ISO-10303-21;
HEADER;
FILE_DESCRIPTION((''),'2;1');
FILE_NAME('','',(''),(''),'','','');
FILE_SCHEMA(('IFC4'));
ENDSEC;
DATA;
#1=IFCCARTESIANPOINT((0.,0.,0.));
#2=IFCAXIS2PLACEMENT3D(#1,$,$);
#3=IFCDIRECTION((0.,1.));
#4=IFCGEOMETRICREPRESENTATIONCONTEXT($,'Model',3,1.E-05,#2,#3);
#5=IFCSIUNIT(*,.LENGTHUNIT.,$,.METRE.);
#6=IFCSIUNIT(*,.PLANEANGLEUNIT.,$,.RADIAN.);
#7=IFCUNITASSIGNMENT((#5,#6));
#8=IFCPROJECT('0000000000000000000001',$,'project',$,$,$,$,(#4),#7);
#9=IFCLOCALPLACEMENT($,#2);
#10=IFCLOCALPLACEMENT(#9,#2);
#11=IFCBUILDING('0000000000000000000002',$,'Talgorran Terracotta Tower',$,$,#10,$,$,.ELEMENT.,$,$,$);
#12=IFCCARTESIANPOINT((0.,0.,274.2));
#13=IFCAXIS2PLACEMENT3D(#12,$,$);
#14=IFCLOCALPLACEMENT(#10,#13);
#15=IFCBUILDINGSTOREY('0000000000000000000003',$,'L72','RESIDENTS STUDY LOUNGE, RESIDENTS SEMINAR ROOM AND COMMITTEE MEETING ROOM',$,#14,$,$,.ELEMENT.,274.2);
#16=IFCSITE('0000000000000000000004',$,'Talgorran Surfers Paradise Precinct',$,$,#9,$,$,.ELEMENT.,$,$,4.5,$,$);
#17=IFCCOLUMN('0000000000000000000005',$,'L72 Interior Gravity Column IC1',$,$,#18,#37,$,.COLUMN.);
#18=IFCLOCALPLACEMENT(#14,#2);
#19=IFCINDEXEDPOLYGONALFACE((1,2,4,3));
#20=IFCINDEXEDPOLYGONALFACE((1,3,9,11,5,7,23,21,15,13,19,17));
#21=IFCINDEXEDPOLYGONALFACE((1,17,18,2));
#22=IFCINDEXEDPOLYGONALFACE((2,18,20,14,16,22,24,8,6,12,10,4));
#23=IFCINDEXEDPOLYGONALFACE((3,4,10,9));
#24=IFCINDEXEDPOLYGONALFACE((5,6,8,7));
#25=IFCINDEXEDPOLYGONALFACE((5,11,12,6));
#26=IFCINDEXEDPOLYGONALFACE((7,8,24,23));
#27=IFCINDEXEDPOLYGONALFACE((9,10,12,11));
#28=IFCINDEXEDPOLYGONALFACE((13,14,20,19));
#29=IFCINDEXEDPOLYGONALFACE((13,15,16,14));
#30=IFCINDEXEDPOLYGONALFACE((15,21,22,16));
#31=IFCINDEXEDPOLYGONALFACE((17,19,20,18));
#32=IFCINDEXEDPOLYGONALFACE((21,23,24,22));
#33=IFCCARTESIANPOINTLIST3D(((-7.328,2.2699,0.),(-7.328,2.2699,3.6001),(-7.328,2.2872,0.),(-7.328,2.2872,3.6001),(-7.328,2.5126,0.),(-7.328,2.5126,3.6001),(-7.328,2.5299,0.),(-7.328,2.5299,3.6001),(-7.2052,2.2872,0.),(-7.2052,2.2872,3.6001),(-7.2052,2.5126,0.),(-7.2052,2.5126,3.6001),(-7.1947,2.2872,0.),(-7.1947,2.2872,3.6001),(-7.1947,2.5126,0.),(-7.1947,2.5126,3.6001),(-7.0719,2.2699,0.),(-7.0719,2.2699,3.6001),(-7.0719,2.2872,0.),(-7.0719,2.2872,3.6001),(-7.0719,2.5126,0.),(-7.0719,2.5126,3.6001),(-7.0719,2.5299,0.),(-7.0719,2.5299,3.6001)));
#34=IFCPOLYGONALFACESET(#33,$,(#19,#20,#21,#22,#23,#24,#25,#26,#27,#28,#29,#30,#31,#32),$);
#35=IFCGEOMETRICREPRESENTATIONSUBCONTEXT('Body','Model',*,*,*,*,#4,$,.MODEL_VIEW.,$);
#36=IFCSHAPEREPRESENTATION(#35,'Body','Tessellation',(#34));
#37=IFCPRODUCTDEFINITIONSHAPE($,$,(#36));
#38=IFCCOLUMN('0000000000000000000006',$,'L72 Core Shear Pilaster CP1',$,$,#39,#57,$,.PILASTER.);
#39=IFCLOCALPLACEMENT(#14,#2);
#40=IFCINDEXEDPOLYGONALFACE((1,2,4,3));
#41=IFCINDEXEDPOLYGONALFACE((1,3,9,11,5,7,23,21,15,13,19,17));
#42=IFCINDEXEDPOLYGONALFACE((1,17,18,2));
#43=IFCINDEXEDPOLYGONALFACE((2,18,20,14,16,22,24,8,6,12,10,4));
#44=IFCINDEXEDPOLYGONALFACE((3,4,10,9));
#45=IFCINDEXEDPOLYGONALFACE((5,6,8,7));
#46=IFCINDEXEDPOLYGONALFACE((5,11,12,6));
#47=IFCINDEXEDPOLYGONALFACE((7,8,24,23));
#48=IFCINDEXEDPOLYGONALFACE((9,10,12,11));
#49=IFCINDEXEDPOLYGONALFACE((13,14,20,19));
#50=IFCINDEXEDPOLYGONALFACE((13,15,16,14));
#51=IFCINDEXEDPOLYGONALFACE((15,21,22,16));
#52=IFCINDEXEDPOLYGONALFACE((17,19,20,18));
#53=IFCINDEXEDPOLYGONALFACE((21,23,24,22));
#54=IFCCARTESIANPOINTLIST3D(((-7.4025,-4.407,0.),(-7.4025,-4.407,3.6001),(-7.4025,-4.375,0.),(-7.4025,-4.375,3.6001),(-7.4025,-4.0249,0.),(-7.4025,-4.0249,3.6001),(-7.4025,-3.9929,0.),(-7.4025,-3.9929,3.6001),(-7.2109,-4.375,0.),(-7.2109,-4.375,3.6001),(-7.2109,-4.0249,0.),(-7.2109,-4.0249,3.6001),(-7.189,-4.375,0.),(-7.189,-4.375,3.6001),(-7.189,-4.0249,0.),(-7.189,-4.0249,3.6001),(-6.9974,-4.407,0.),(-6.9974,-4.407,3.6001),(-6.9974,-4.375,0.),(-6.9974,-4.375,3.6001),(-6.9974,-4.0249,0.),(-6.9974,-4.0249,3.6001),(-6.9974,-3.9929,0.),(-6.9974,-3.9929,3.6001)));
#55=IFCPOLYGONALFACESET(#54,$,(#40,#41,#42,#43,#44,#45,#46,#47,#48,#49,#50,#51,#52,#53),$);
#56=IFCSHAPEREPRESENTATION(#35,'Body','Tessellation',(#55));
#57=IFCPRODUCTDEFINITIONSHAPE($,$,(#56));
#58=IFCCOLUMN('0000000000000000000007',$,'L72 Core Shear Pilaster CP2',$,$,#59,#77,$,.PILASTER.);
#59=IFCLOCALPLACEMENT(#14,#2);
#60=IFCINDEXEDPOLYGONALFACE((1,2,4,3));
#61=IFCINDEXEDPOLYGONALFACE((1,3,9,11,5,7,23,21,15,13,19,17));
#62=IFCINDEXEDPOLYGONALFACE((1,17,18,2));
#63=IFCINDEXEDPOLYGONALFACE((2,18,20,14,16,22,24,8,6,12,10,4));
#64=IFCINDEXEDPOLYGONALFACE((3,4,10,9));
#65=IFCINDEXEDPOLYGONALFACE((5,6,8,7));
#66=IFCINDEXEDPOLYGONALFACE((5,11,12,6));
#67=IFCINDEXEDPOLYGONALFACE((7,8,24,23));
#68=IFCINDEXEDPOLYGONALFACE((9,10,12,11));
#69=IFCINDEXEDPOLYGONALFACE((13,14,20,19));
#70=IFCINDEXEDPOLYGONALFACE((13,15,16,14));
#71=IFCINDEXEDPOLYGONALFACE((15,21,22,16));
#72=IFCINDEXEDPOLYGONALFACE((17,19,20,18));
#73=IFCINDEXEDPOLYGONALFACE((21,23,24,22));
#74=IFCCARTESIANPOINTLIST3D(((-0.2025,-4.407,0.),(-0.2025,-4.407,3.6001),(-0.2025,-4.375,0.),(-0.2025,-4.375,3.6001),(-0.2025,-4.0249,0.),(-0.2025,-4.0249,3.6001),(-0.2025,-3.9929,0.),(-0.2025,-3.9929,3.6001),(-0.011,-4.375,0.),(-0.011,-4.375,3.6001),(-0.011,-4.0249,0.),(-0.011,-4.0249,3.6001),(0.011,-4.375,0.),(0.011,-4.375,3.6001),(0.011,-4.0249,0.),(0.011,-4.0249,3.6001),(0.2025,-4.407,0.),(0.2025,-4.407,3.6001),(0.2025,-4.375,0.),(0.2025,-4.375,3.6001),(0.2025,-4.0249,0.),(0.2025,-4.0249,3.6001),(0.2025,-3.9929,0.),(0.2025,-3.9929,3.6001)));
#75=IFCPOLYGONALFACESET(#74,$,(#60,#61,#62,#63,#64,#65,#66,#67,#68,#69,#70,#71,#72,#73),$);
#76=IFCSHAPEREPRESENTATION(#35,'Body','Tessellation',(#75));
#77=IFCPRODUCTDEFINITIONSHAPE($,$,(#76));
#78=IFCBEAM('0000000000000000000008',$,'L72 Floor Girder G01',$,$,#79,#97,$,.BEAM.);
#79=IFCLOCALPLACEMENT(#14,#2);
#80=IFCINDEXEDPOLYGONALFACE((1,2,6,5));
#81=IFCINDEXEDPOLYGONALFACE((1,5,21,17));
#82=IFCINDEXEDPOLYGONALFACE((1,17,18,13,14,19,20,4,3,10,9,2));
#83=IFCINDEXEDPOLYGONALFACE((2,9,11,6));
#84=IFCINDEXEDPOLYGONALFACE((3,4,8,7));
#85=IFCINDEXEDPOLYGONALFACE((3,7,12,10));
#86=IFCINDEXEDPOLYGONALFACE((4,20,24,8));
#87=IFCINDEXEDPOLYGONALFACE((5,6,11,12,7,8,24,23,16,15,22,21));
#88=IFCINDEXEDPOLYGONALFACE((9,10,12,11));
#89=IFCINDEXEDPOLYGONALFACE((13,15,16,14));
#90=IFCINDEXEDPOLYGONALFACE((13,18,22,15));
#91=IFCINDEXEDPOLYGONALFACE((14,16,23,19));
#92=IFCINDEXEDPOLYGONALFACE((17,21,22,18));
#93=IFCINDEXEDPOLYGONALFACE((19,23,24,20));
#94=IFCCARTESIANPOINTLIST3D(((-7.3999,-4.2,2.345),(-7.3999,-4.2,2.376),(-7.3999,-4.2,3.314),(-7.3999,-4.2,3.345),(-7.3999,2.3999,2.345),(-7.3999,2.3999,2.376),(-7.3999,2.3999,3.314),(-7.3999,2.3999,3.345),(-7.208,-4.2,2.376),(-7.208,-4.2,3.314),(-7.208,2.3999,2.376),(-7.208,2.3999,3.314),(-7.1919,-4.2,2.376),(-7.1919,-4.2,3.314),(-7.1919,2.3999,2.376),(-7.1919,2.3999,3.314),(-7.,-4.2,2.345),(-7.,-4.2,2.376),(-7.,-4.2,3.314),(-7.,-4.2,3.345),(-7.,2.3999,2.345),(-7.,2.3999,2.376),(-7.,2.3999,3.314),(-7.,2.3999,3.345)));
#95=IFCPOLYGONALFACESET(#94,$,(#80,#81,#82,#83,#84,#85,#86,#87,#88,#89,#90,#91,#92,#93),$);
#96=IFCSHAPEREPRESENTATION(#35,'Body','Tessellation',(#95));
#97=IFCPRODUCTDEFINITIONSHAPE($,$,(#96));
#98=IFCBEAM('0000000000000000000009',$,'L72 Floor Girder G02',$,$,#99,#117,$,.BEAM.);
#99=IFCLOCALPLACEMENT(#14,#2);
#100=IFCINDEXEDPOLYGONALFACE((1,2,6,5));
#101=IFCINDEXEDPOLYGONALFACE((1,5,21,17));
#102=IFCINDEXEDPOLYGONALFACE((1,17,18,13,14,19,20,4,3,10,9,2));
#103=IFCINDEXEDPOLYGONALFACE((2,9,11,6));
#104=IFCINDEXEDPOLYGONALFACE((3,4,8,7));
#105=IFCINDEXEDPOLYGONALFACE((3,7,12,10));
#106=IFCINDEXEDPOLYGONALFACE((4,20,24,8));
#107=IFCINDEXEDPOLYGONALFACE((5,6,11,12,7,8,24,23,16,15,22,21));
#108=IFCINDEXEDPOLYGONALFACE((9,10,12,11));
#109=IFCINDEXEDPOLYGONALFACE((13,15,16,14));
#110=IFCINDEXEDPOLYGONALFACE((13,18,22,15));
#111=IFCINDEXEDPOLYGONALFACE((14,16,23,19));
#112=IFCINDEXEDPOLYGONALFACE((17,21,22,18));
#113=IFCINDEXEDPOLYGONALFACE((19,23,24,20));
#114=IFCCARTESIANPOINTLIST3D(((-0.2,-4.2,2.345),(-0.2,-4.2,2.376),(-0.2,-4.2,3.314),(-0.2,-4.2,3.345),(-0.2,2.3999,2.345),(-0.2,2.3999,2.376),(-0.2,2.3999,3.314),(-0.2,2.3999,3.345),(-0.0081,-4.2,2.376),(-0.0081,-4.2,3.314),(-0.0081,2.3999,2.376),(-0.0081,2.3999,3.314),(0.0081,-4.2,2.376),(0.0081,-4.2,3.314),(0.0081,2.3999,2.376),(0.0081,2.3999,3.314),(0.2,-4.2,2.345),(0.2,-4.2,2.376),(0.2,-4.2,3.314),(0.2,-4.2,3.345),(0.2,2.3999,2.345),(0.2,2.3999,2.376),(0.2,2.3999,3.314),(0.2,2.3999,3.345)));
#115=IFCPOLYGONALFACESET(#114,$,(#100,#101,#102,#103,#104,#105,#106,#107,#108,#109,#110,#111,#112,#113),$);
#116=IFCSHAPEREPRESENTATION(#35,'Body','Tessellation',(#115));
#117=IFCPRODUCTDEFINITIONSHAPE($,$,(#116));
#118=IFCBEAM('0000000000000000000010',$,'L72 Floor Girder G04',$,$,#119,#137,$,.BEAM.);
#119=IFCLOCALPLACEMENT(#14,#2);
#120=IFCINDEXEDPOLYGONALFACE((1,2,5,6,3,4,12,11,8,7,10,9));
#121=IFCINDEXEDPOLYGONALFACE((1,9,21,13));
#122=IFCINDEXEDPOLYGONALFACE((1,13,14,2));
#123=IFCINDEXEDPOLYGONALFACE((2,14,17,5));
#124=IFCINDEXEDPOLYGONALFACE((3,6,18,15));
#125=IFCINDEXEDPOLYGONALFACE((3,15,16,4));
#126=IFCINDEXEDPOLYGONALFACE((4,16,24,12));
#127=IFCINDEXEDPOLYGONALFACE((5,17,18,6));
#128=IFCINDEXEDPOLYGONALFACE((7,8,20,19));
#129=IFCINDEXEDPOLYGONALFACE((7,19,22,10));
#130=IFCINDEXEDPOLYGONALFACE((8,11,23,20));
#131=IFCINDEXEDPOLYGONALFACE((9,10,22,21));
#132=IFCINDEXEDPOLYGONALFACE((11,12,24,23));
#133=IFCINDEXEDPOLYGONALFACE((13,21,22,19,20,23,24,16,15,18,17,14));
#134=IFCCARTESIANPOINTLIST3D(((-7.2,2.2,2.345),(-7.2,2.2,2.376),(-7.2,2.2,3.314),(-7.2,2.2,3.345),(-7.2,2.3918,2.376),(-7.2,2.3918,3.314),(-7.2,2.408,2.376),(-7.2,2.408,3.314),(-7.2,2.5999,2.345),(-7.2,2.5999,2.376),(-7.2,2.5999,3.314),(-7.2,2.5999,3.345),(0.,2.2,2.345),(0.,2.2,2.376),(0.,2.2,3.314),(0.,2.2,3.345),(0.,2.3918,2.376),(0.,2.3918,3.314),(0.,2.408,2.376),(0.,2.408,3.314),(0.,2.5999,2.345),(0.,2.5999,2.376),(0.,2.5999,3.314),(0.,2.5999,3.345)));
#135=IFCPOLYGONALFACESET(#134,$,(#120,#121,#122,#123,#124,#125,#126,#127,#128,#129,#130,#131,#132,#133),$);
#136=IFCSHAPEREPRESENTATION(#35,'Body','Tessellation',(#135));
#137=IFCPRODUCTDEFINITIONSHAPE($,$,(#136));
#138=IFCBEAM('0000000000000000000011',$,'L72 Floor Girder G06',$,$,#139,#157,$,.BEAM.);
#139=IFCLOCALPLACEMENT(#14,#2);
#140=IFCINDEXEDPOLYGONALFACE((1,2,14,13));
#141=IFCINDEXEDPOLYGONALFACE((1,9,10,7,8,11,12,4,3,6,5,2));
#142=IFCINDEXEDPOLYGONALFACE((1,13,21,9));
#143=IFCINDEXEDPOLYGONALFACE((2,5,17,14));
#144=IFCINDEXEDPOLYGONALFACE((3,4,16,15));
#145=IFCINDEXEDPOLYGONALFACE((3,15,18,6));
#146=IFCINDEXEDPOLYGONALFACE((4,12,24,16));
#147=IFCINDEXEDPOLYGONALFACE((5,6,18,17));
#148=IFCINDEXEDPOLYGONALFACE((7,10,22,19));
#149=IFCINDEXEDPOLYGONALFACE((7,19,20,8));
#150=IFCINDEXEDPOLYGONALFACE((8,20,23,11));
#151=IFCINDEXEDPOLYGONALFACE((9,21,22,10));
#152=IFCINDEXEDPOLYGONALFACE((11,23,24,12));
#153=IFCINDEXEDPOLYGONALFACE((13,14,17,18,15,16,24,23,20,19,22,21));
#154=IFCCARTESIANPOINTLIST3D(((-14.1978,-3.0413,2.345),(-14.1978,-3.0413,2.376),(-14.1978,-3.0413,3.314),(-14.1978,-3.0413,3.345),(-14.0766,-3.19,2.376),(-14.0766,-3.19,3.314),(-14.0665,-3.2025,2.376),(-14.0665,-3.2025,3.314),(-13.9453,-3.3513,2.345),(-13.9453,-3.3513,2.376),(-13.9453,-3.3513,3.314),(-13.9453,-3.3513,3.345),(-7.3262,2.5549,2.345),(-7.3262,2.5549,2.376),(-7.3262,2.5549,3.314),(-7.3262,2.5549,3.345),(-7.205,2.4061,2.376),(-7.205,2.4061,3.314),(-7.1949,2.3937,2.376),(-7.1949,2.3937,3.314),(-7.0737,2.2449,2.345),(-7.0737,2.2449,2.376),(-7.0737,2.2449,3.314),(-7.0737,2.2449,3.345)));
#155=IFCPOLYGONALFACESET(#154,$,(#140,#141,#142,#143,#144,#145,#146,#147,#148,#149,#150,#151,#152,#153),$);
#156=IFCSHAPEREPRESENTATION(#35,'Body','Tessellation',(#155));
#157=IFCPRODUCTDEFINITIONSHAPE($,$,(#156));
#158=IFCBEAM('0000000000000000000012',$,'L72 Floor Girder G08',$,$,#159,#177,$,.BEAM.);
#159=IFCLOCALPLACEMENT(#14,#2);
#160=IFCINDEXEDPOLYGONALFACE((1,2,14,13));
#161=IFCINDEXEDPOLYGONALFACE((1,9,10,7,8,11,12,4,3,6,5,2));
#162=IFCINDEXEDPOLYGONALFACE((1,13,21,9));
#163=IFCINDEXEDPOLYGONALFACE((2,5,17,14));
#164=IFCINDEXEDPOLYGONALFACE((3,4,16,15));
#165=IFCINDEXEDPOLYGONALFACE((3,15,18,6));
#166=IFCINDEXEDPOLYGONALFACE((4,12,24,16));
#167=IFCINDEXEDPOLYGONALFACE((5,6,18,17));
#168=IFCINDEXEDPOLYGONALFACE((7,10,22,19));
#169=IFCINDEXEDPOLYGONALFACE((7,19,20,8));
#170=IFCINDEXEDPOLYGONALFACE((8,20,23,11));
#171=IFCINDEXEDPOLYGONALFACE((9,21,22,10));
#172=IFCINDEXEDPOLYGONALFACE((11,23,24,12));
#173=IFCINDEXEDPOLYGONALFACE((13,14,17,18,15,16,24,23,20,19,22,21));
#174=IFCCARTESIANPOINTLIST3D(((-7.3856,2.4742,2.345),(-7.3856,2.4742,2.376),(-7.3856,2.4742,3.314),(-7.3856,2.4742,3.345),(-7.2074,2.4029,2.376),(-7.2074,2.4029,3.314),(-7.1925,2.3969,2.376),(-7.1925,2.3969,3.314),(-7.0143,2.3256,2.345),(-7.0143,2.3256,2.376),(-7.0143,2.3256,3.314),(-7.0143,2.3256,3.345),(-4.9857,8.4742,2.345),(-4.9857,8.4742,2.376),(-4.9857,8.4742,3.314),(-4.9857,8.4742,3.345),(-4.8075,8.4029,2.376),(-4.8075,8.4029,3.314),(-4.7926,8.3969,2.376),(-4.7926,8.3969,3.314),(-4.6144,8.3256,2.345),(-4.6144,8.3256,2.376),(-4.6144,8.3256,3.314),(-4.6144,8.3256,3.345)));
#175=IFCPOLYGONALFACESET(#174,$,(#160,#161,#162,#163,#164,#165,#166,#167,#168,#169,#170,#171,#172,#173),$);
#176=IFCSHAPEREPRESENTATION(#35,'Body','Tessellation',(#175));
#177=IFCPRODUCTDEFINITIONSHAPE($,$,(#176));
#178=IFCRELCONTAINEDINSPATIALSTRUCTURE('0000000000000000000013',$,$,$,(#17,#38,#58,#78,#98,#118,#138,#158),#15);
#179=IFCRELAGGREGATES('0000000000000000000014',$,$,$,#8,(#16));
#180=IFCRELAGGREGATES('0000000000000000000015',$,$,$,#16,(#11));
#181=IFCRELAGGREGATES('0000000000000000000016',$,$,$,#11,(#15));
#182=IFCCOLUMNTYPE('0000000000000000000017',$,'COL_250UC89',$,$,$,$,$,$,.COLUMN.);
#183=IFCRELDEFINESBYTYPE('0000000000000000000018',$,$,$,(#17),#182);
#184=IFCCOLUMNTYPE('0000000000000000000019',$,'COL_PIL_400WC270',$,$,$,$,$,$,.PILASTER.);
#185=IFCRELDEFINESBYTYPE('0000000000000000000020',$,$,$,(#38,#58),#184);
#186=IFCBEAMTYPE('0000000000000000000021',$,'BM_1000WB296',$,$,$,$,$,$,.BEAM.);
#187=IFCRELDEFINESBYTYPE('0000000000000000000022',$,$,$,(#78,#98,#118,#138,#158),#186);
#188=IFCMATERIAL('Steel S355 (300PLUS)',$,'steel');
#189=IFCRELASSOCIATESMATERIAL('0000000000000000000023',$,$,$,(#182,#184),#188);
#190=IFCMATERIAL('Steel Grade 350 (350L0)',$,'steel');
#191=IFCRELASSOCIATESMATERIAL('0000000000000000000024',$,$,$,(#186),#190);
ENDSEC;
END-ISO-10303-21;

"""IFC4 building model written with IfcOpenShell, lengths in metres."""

from ifc_helpers import new_model, si_unit, direction, frame, origin, origin_2d, place, context, subcontext, project, spatial, i_section, extrude, material, material_profile, profile_set, type_object, element, save


model = new_model("IFC4")

# Units and contexts
model_context = context("Model", 3, precision=1e-05, world=origin(), true_north=direction((0.0, 1.0)))
body_context = subcontext(model_context, "Body", "Model", "MODEL_VIEW")
ifc_project = project(units=[si_unit("LENGTHUNIT", "METRE"), si_unit("PLANEANGLEUNIT", "RADIAN")], contexts=[model_context])

# Site, building, storey
site_placement = place(None, origin())
site = spatial("IfcSite", under=ifc_project, at=site_placement, Name="Talgorran Surfers Paradise Precinct", CompositionType="ELEMENT", RefElevation=4.5)
building_placement = place(site_placement, origin())
building = spatial("IfcBuilding", under=site, at=building_placement, Name="Talgorran Terracotta Tower", CompositionType="ELEMENT")
storey_placement = place(building_placement, frame((0.0, 0.0, 274.2)))
storey = spatial("IfcBuildingStorey", under=building, at=storey_placement, Name="L72", Description="RESIDENTS STUDY LOUNGE, RESIDENTS SEMINAR ROOM AND COMMITTEE MEETING ROOM", CompositionType="ELEMENT", Elevation=274.2)

# Columns
ifc_material_1 = material(Name="Steel S355 (300PLUS)", Category="steel")
ifc_material_profile_1 = material_profile(ifc_material_1, i_section(OverallWidth=0.2561, OverallDepth=0.26, WebThickness=0.0105, FlangeThickness=0.0173, at=origin_2d()), Name="250UC89.5")
ifc_profile_set_1 = profile_set([ifc_material_profile_1], Name="Steel S355 (300PLUS)")
column_type_1 = type_object("IfcColumnType", Name="COL_250UC89", PredefinedType="COLUMN", material=ifc_profile_set_1)
column_placement = place(storey_placement, frame((-7.2, 2.3999, 0.0), z_axis=(0.0, 0.0, 1.0), x_axis=(1.0, 0.0, 0.0)))
element("IfcColumn", 1, at=column_placement, inside=storey, type_object=column_type_1, Name="L72 Interior Gravity Column IC1", PredefinedType="COLUMN", context=body_context, shape_type="SweptSolid", body=[
    extrude(i_section(OverallWidth=0.2561, OverallDepth=0.26, WebThickness=0.0105, FlangeThickness=0.0173, at=origin_2d()), origin(), (0.0, 0.0, 1.0), 3.6001),
])
ifc_material_profile_2 = material_profile(ifc_material_1, i_section(OverallWidth=0.405, OverallDepth=0.4141, WebThickness=0.022, FlangeThickness=0.032, at=origin_2d()), Name="400WC270")
ifc_profile_set_2 = profile_set([ifc_material_profile_2], Name="Steel S355 (300PLUS)")
column_type_2 = type_object("IfcColumnType", Name="COL_PIL_400WC270", PredefinedType="PILASTER", material=ifc_profile_set_2)
for number, where, z_axis, x_axis, name in (
    (2, (-7.2, -4.2, 0.0), (0.0, 0.0, 1.0), (1.0, 0.0, 0.0), "L72 Core Shear Pilaster CP1"),
    (3, (0.0, -4.2, 0.0), (0.0, 0.0, 1.0), (1.0, 0.0, 0.0), "L72 Core Shear Pilaster CP2"),
):
    element("IfcColumn", number, at=place(storey_placement, frame(where, z_axis=z_axis, x_axis=x_axis)), inside=storey, type_object=column_type_2, Name=name, PredefinedType="PILASTER", context=body_context, shape_type="SweptSolid", body=[
        extrude(i_section(OverallWidth=0.405, OverallDepth=0.4141, WebThickness=0.022, FlangeThickness=0.032, at=origin_2d()), origin(), (0.0, 0.0, 1.0), 3.6001),
    ])

# Beams
ifc_material_2 = material(Name="Steel Grade 350 (350L0)", Category="steel")
ifc_material_profile_3 = material_profile(ifc_material_2, i_section(OverallWidth=0.3999, OverallDepth=1.0, WebThickness=0.0161, FlangeThickness=0.031, at=origin_2d()), Name="1000WB296")
ifc_profile_set_3 = profile_set([ifc_material_profile_3], Name="Steel Grade 350 (350L0)")
beam_type_1 = type_object("IfcBeamType", Name="BM_1000WB296", PredefinedType="BEAM", material=ifc_profile_set_3)
for number, where, z_axis, x_axis, name in (
    (4, (-7.2, -4.2, 2.845), (0.0, 1.0, 0.0), (-1.0, 0.0, 0.0), "L72 Floor Girder G01"),
    (5, (0.0, -4.2, 2.845), (0.0, 1.0, 0.0), (-1.0, 0.0, 0.0), "L72 Floor Girder G02"),
):
    element("IfcBeam", number, at=place(storey_placement, frame(where, z_axis=z_axis, x_axis=x_axis)), inside=storey, type_object=beam_type_1, Name=name, PredefinedType="BEAM", context=body_context, shape_type="SweptSolid", body=[
        extrude(i_section(OverallWidth=0.3999, OverallDepth=1.0, WebThickness=0.0161, FlangeThickness=0.031, at=origin_2d()), origin(), (0.0, 0.0, 1.0), 6.5999),
    ])
beam_1_placement = place(storey_placement, frame((-7.2, 2.3999, 2.845), z_axis=(1.0, 0.0, 0.0), x_axis=(0.0, 1.0, 0.0)))
element("IfcBeam", 6, at=beam_1_placement, inside=storey, type_object=beam_type_1, Name="L72 Floor Girder G04", PredefinedType="BEAM", context=body_context, shape_type="SweptSolid", body=[
    extrude(i_section(OverallWidth=0.3999, OverallDepth=1.0, WebThickness=0.0161, FlangeThickness=0.031, at=origin_2d()), origin(), (0.0, 0.0, 1.0), 7.2),
])
beam_2_placement = place(storey_placement, frame((-7.2, 2.3999, 2.845), z_axis=(-0.775394, -0.631478, 0.0), x_axis=(0.631478, -0.775394, 0.0)))
element("IfcBeam", 7, at=beam_2_placement, inside=storey, type_object=beam_type_1, Name="L72 Floor Girder G06", PredefinedType="BEAM", context=body_context, shape_type="SweptSolid", body=[
    extrude(i_section(OverallWidth=0.3999, OverallDepth=1.0, WebThickness=0.0161, FlangeThickness=0.031, at=origin_2d()), origin(), (0.0, 0.0, 1.0), 8.8621),
])
beam_3_placement = place(storey_placement, frame((-7.2, 2.3999, 2.845), z_axis=(0.371378, 0.928482, 0.0), x_axis=(-0.928482, 0.371378, 0.0)))
element("IfcBeam", 8, at=beam_3_placement, inside=storey, type_object=beam_type_1, Name="L72 Floor Girder G08", PredefinedType="BEAM", context=body_context, shape_type="SweptSolid", body=[
    extrude(i_section(OverallWidth=0.3999, OverallDepth=1.0, WebThickness=0.0161, FlangeThickness=0.031, at=origin_2d()), origin(), (0.0, 0.0, 1.0), 6.4622),
])

save(model, "model.ifc")
